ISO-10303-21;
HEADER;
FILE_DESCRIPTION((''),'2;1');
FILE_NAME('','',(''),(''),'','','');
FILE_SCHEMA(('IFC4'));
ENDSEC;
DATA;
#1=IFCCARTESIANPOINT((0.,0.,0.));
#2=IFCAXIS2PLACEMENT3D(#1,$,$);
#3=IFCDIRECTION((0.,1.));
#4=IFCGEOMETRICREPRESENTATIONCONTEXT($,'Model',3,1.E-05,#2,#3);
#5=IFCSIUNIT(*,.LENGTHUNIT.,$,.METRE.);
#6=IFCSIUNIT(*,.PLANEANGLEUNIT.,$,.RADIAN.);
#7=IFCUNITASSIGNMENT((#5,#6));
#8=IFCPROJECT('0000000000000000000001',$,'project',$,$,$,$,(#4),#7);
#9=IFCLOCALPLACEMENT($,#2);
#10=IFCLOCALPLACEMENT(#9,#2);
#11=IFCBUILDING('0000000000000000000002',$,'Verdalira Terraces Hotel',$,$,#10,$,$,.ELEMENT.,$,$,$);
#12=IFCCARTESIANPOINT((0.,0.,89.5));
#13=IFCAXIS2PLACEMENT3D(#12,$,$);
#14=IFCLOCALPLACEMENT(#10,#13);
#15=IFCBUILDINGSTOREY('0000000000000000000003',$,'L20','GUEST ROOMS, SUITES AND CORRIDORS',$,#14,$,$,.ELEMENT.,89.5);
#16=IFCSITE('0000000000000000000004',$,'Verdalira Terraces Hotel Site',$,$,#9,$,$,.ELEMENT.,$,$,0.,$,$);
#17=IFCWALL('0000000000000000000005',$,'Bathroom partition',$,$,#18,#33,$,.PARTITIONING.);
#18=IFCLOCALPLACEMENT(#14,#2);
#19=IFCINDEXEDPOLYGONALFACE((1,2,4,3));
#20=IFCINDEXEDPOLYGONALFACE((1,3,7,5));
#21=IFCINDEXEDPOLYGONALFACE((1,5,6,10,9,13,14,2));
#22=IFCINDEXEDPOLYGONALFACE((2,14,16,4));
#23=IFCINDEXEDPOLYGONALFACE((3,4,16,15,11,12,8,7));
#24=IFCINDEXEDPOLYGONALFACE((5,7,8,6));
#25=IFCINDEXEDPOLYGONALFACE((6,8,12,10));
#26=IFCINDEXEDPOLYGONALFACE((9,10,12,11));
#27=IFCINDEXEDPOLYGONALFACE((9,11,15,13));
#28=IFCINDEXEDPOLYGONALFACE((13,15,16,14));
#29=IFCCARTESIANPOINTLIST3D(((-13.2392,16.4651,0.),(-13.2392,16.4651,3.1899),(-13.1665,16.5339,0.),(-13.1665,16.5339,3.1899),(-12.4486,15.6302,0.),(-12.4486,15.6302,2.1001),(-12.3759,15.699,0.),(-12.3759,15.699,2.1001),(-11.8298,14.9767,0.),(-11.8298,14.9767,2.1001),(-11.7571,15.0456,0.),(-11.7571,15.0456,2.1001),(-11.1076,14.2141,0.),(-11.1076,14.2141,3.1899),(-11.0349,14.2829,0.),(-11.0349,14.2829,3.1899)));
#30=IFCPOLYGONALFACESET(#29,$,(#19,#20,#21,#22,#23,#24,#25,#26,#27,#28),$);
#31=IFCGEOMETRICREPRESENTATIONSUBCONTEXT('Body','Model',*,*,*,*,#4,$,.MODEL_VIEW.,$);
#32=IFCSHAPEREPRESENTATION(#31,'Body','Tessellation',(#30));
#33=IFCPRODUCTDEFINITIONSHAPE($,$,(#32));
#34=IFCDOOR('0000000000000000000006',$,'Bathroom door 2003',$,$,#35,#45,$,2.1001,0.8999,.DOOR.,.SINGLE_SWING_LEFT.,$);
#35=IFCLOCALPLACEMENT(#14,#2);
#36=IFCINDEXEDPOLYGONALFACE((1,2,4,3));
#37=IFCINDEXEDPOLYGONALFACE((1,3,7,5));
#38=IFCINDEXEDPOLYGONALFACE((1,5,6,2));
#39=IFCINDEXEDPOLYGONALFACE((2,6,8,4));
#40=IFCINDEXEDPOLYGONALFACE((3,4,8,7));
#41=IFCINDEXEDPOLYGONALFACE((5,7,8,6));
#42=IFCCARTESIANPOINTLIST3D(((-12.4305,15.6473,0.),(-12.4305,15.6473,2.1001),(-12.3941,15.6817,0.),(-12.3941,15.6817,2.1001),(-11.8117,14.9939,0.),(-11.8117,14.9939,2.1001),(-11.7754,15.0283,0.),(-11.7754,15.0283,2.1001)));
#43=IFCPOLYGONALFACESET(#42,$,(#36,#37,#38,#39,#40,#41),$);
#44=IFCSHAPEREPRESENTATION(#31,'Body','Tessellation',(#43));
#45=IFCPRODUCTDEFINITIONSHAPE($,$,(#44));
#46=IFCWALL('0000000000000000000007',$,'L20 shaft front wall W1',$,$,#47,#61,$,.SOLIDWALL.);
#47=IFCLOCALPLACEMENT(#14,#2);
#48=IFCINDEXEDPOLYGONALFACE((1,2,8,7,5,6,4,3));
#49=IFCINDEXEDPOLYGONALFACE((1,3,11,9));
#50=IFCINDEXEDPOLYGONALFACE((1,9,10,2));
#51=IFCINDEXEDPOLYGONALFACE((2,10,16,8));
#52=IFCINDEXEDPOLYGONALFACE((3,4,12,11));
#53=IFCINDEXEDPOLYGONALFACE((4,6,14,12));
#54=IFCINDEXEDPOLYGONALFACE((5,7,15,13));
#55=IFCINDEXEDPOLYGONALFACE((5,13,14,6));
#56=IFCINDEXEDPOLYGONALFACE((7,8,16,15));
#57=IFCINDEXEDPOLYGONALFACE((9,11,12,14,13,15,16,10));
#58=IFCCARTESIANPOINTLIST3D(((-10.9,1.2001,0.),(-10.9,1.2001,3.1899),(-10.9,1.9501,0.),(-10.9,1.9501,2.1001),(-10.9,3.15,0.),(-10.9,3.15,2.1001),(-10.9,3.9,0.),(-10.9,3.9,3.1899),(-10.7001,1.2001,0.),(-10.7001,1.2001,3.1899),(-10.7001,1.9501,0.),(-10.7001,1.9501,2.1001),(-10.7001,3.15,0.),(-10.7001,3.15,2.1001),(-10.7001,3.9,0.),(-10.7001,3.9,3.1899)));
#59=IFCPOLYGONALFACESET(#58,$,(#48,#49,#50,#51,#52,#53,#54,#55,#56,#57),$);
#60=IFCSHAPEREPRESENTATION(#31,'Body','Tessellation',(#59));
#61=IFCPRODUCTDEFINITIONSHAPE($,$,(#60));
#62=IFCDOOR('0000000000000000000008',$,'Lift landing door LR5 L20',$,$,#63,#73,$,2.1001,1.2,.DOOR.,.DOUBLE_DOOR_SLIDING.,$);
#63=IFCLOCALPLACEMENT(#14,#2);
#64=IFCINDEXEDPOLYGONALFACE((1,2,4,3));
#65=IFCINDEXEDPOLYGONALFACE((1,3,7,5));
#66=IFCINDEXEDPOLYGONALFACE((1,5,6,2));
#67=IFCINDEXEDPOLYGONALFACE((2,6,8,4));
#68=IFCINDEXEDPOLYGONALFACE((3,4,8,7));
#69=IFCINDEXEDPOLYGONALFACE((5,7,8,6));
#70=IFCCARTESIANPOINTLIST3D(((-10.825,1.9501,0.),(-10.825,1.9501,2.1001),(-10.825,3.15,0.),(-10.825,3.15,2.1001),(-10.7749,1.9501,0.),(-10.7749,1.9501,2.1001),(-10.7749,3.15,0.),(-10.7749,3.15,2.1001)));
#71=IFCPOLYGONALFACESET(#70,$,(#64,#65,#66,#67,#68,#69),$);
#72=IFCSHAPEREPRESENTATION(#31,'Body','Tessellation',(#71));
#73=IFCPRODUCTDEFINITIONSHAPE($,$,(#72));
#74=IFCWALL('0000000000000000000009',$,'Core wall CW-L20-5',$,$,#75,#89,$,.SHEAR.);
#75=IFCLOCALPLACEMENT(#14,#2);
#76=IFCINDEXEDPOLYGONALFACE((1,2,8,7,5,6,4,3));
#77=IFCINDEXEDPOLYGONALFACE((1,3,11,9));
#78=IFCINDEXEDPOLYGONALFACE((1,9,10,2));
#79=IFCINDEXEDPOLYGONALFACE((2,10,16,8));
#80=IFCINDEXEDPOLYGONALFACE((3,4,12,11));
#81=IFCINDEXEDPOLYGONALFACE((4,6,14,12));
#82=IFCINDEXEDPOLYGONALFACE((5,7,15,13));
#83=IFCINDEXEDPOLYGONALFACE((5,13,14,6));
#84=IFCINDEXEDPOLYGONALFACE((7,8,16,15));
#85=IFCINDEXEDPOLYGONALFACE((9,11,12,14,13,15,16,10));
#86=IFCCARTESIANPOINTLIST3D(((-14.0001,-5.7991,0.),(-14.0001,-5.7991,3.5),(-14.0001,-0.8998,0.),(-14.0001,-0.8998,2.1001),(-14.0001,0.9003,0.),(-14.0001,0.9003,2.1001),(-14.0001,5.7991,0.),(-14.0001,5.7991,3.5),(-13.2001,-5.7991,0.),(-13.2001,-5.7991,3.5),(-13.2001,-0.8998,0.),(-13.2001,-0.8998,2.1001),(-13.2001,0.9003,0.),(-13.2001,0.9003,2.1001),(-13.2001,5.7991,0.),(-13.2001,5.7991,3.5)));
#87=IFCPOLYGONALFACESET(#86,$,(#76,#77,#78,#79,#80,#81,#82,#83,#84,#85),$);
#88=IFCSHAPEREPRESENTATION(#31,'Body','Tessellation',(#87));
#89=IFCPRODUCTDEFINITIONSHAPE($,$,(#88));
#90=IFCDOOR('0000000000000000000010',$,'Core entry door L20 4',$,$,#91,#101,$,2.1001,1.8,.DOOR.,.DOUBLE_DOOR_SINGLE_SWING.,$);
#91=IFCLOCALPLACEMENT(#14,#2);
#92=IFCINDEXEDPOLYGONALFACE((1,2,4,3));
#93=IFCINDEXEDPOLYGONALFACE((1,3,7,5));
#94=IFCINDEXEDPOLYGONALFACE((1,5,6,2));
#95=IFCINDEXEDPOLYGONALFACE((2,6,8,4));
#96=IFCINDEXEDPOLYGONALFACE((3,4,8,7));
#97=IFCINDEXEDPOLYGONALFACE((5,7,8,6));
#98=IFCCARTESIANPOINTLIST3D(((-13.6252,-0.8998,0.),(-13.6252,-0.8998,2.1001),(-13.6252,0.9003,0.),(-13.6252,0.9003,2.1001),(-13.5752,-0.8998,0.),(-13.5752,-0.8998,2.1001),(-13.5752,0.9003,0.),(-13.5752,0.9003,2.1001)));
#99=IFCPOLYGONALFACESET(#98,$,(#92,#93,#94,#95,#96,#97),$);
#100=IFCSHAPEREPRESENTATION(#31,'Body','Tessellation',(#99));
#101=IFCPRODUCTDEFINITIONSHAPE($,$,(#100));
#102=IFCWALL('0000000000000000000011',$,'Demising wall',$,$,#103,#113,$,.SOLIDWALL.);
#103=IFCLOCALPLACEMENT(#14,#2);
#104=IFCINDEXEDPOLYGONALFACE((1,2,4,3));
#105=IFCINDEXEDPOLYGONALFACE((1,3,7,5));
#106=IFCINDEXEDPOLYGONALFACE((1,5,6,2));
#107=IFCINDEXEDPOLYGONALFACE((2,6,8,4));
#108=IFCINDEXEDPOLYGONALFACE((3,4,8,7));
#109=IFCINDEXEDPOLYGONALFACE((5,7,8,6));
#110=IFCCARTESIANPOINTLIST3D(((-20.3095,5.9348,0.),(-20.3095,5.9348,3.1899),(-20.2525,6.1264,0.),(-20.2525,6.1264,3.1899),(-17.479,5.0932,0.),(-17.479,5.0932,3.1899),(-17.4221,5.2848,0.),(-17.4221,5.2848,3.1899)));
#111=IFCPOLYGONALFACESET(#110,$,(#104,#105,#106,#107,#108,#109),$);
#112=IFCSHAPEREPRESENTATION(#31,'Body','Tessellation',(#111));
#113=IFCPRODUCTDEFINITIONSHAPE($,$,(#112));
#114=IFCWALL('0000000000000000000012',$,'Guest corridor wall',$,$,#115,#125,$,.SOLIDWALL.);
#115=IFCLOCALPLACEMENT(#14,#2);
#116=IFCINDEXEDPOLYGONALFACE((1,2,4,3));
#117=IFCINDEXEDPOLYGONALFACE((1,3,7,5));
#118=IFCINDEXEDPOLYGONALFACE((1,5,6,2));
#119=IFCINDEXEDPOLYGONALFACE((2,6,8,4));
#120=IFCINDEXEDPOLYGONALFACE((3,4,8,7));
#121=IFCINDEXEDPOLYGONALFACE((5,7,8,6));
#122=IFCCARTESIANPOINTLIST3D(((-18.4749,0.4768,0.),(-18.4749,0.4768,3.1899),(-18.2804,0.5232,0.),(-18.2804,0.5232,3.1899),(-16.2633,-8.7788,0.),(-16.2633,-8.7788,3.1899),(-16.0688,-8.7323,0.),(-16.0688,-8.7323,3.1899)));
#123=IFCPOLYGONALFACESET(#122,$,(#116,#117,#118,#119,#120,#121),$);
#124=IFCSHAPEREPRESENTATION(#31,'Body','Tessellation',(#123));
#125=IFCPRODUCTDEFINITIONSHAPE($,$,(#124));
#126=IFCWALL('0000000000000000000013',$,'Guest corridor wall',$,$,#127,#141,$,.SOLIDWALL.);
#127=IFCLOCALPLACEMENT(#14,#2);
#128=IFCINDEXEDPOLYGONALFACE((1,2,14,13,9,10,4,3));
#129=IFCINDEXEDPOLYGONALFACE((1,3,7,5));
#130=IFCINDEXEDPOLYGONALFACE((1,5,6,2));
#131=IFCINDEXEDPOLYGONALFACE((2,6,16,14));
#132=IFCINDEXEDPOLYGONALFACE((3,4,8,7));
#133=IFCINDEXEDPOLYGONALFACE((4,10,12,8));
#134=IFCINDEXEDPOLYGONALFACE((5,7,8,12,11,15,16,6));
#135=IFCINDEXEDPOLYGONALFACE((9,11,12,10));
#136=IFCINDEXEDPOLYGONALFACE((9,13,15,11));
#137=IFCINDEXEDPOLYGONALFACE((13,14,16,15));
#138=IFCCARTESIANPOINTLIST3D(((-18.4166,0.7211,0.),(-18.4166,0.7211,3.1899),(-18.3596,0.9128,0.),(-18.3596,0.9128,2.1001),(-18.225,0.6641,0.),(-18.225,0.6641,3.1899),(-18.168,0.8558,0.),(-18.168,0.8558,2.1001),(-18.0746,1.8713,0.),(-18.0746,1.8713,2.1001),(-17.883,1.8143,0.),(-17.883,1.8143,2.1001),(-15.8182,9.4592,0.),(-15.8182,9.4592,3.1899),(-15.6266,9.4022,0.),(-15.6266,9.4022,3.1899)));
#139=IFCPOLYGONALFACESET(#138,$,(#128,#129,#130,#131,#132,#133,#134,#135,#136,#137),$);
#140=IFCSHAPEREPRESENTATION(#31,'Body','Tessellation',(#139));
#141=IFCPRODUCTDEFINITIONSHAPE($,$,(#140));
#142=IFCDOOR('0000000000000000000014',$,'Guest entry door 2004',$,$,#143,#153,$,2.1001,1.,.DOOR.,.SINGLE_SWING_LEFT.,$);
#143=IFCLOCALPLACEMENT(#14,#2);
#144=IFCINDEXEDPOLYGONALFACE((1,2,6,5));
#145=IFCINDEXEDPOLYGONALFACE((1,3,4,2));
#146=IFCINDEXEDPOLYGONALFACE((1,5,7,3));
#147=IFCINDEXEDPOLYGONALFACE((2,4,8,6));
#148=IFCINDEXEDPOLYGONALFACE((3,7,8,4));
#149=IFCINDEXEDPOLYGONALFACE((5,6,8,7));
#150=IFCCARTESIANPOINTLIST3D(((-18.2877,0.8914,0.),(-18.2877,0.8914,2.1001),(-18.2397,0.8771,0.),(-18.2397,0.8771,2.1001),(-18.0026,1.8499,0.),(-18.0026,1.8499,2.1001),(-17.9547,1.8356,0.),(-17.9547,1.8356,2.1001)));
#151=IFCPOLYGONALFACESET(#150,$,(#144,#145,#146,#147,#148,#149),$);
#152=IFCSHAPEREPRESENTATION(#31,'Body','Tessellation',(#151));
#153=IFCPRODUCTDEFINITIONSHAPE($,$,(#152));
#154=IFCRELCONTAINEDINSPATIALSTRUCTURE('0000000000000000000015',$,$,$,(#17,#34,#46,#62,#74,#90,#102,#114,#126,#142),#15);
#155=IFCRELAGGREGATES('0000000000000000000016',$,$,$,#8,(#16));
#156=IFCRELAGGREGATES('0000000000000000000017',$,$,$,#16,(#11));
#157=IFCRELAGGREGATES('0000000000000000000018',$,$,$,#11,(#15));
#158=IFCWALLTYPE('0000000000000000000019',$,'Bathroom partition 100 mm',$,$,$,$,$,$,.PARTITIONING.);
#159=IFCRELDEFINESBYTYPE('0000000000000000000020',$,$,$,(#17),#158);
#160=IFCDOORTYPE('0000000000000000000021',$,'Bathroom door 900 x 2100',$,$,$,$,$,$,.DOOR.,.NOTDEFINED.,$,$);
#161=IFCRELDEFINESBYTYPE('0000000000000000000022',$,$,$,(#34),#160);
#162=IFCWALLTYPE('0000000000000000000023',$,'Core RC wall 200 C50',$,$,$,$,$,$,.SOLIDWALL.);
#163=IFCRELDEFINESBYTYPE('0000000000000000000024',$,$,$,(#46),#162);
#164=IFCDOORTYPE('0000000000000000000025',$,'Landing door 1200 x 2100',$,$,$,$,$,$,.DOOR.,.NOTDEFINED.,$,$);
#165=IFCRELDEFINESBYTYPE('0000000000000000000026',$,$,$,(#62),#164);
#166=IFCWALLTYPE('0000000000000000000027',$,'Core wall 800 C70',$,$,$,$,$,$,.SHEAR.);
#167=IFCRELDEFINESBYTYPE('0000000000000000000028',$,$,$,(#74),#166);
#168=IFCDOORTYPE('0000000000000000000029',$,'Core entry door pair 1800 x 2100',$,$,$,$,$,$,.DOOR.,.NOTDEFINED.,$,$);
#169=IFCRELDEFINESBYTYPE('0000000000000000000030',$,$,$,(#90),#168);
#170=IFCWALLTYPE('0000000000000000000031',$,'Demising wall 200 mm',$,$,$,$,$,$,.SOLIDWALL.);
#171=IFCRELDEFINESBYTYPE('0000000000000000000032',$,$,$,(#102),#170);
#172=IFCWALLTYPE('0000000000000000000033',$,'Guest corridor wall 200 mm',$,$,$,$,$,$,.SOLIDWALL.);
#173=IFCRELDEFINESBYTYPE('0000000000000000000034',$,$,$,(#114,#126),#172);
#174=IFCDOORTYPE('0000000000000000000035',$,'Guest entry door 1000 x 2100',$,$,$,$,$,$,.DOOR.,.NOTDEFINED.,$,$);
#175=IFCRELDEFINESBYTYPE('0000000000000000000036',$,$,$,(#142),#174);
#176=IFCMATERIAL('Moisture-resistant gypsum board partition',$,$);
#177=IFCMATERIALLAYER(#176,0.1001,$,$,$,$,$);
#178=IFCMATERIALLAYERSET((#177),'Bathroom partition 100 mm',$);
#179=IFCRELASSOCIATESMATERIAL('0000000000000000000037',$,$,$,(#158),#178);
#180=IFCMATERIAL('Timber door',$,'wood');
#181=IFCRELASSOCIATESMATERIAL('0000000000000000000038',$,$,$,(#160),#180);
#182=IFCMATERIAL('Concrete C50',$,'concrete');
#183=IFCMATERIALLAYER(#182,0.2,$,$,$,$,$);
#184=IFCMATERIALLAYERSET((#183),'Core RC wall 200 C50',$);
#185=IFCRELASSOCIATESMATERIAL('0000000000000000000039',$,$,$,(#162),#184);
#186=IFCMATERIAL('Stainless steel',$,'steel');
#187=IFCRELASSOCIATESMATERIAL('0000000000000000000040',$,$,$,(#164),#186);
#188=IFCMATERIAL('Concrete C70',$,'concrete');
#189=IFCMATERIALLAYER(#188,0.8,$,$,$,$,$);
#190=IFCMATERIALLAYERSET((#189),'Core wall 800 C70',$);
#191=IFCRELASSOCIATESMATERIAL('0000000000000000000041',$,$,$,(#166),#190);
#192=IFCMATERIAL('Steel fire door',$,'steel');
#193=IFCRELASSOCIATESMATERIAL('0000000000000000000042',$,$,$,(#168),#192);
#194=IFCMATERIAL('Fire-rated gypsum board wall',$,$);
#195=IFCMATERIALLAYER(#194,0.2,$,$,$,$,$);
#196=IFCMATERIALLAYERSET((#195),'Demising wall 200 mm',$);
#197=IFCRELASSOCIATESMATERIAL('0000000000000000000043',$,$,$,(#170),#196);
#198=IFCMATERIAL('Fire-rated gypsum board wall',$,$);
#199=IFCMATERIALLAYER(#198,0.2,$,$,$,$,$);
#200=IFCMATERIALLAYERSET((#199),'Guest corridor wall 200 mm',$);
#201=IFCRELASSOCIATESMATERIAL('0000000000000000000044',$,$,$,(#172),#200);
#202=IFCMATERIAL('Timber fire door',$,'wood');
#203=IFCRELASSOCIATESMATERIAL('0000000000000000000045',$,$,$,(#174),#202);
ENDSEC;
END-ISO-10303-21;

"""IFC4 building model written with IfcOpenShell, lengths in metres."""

from ifc_helpers import new_model, si_unit, direction, frame, frame_2d, origin, place, context, subcontext, project, spatial, rectangle, extrude, material, layer, layer_set, type_object, element, fill, save


model = new_model("IFC4")

# Units and contexts
model_context = context("Model", 3, precision=1e-05, world=origin(), true_north=direction((0.0, 1.0)))
body_context = subcontext(model_context, "Body", "Model", "MODEL_VIEW")
ifc_project = project(units=[si_unit("LENGTHUNIT", "METRE"), si_unit("PLANEANGLEUNIT", "RADIAN")], contexts=[model_context])

# Site, building, storey
site_placement = place(None, origin())
site = spatial("IfcSite", under=ifc_project, at=site_placement, Name="Verdalira Terraces Hotel Site", CompositionType="ELEMENT", RefElevation=0.0)
building_placement = place(site_placement, origin())
building = spatial("IfcBuilding", under=site, at=building_placement, Name="Verdalira Terraces Hotel", CompositionType="ELEMENT")
storey_placement = place(building_placement, frame((0.0, 0.0, 89.5)))
storey = spatial("IfcBuildingStorey", under=building, at=storey_placement, Name="L20", Description="GUEST ROOMS, SUITES AND CORRIDORS", CompositionType="ELEMENT", Elevation=89.5)

# Walls, openings, doors
ifc_material_1 = material(Name="Moisture-resistant gypsum board partition")
ifc_layer_1 = layer(ifc_material_1, 0.1001)
ifc_layer_set_1 = layer_set([ifc_layer_1], Name="Bathroom partition 100 mm")
wall_type_1 = type_object("IfcWallType", Name="Bathroom partition 100 mm", PredefinedType="PARTITIONING", material=ifc_layer_set_1)
ifc_material_2 = material(Name="Timber door", Category="wood")
door_type_1 = type_object("IfcDoorType", Name="Bathroom door 900 x 2100", OperationType="NOTDEFINED", PredefinedType="DOOR", material=ifc_material_2)
wall_1_placement = place(storey_placement, frame((-13.2029, 16.4995, 0.0), z_axis=(0.0, 0.0, 1.0), x_axis=(0.68759, -0.7261, 0.0)))
wall_1 = element("IfcWall", 1, at=wall_1_placement, inside=storey, type_object=wall_type_1, Name="Bathroom partition", PredefinedType="PARTITIONING", context=body_context, shape_type="SweptSolid", body=[
    extrude(rectangle(XDim=3.1001, YDim=0.1001, at=frame_2d((1.55, 0.0))), origin(), (0.0, 0.0, 1.0), 3.1899),
])
opening_1_placement = place(wall_1_placement, frame((1.1499, 0.0, 0.0)))
opening_1 = element("IfcOpeningElement", 2, at=opening_1_placement, cuts=wall_1, PredefinedType="OPENING", context=body_context, shape_type="SweptSolid", body=[
    extrude(rectangle(XDim=0.8999, YDim=2.1001, at=frame_2d((0.45, 1.05))), frame((0.0, 0.0601, 0.0), z_axis=(0.0, -1.0, 0.0), x_axis=(1.0, 0.0, 0.0)), (0.0, 0.0, 1.0), 0.1201),
])
door_1_placement = place(opening_1_placement, origin())
door_1 = element("IfcDoor", 3, at=door_1_placement, inside=storey, type_object=door_type_1, Name="Bathroom door 2003", OperationType="SINGLE_SWING_LEFT", OverallHeight=2.1001, OverallWidth=0.8999, PredefinedType="DOOR", context=body_context, shape_type="SweptSolid", body=[
    extrude(rectangle(XDim=0.8999, YDim=2.1001, at=frame_2d((0.45, 1.05))), frame((0.0, 0.0249, 0.0), z_axis=(0.0, -1.0, 0.0), x_axis=(1.0, 0.0, 0.0)), (0.0, 0.0, 1.0), 0.05),
])
fill(opening_1, door_1)
ifc_material_3 = material(Name="Concrete C50", Category="concrete")
ifc_layer_2 = layer(ifc_material_3, 0.2)
ifc_layer_set_2 = layer_set([ifc_layer_2], Name="Core RC wall 200 C50")
wall_type_2 = type_object("IfcWallType", Name="Core RC wall 200 C50", PredefinedType="SOLIDWALL", material=ifc_layer_set_2)
wall_2_placement = place(storey_placement, frame((-10.8, 1.2, 0.0), z_axis=(0.0, 0.0, 1.0), x_axis=(0.0, 1.0, 0.0)))
wall_2 = element("IfcWall", 4, at=wall_2_placement, inside=storey, type_object=wall_type_2, Name="L20 shaft front wall W1", PredefinedType="SOLIDWALL", context=body_context, shape_type="SweptSolid", body=[
    extrude(rectangle(XDim=2.7, YDim=0.2, at=frame_2d((1.3501, 0.0))), origin(), (0.0, 0.0, 1.0), 3.1899),
])
opening_2_placement = place(wall_2_placement, frame((0.75, 0.0, 0.0)))
opening_2 = element("IfcOpeningElement", 5, at=opening_2_placement, cuts=wall_2, PredefinedType="OPENING", context=body_context, shape_type="SweptSolid", body=[
    extrude(rectangle(XDim=1.2, YDim=2.1001, at=frame_2d((0.6001, 1.05))), frame((0.0, 0.1099, 0.0), z_axis=(0.0, -1.0, 0.0), x_axis=(1.0, 0.0, 0.0)), (0.0, 0.0, 1.0), 0.22),
])
ifc_material_4 = material(Name="Stainless steel", Category="steel")
door_type_2 = type_object("IfcDoorType", Name="Landing door 1200 x 2100", OperationType="NOTDEFINED", PredefinedType="DOOR", material=ifc_material_4)
door_2_placement = place(opening_2_placement, origin())
door_2 = element("IfcDoor", 6, at=door_2_placement, inside=storey, type_object=door_type_2, Name="Lift landing door LR5 L20", OperationType="DOUBLE_DOOR_SLIDING", OverallHeight=2.1001, OverallWidth=1.2, PredefinedType="DOOR", context=body_context, shape_type="SweptSolid", body=[
    extrude(rectangle(XDim=1.2, YDim=2.1001, at=frame_2d((0.6001, 1.05))), frame((0.0, 0.0249, 0.0), z_axis=(0.0, -1.0, 0.0), x_axis=(1.0, 0.0, 0.0)), (0.0, 0.0, 1.0), 0.05),
])
fill(opening_2, door_2)
ifc_material_5 = material(Name="Concrete C70", Category="concrete")
ifc_layer_3 = layer(ifc_material_5, 0.8)
ifc_layer_set_3 = layer_set([ifc_layer_3], Name="Core wall 800 C70")
wall_type_3 = type_object("IfcWallType", Name="Core wall 800 C70", PredefinedType="SHEAR", material=ifc_layer_set_3)
wall_3_placement = place(storey_placement, frame((-13.6001, 5.7991, 0.0), z_axis=(0.0, 0.0, 1.0), x_axis=(0.0, -1.0, 0.0)))
wall_3 = element("IfcWall", 7, at=wall_3_placement, inside=storey, type_object=wall_type_3, Name="Core wall CW-L20-5", PredefinedType="SHEAR", context=body_context, shape_type="SweptSolid", body=[
    extrude(rectangle(XDim=11.5981, YDim=0.8, at=frame_2d((5.7991, 0.0))), origin(), (0.0, 0.0, 1.0), 3.5),
])
opening_3_placement = place(wall_3_placement, frame((4.8989, 0.0, 0.0)))
opening_3 = element("IfcOpeningElement", 8, at=opening_3_placement, cuts=wall_3, PredefinedType="OPENING", context=body_context, shape_type="SweptSolid", body=[
    extrude(rectangle(XDim=1.8, YDim=2.1001, at=frame_2d((0.8999, 1.05))), frame((0.0, 0.4099, 0.0), z_axis=(0.0, -1.0, 0.0), x_axis=(1.0, 0.0, 0.0)), (0.0, 0.0, 1.0), 0.8201),
])
ifc_material_6 = material(Name="Steel fire door", Category="steel")
door_type_3 = type_object("IfcDoorType", Name="Core entry door pair 1800 x 2100", OperationType="NOTDEFINED", PredefinedType="DOOR", material=ifc_material_6)
door_3_placement = place(opening_3_placement, origin())
door_3 = element("IfcDoor", 9, at=door_3_placement, inside=storey, type_object=door_type_3, Name="Core entry door L20 4", OperationType="DOUBLE_DOOR_SINGLE_SWING", OverallHeight=2.1001, OverallWidth=1.8, PredefinedType="DOOR", context=body_context, shape_type="SweptSolid", body=[
    extrude(rectangle(XDim=1.8, YDim=2.1001, at=frame_2d((0.8999, 1.05))), frame((0.0, 0.0249, 0.0), z_axis=(0.0, -1.0, 0.0), x_axis=(1.0, 0.0, 0.0)), (0.0, 0.0, 1.0), 0.05),
])
fill(opening_3, door_3)

# Walls
ifc_material_7 = material(Name="Fire-rated gypsum board wall")
ifc_layer_4 = layer(ifc_material_7, 0.2)
ifc_layer_set_4 = layer_set([ifc_layer_4], Name="Demising wall 200 mm")
wall_type_4 = type_object("IfcWallType", Name="Demising wall 200 mm", PredefinedType="SOLIDWALL", material=ifc_layer_set_4)
wall_4_placement = place(storey_placement, frame((-17.4504, 5.189, 0.0), z_axis=(0.0, 0.0, 1.0), x_axis=(-0.958527, 0.285003, 0.0)))
element("IfcWall", 10, at=wall_4_placement, inside=storey, type_object=wall_type_4, Name="Demising wall", PredefinedType="SOLIDWALL", context=body_context, shape_type="SweptSolid", body=[
    extrude(rectangle(XDim=2.9529, YDim=0.2, at=frame_2d((1.4766, 0.0))), origin(), (0.0, 0.0, 1.0), 3.1899),
])
ifc_material_8 = material(Name="Fire-rated gypsum board wall")
ifc_layer_5 = layer(ifc_material_8, 0.2)
ifc_layer_set_5 = layer_set([ifc_layer_5], Name="Guest corridor wall 200 mm")
wall_type_5 = type_object("IfcWallType", Name="Guest corridor wall 200 mm", PredefinedType="SOLIDWALL", material=ifc_layer_set_5)
wall_5_placement = place(storey_placement, frame((-18.3777, 0.5, 0.0), z_axis=(0.0, 0.0, 1.0), x_axis=(0.232411, -0.972618, 0.0)))
element("IfcWall", 11, at=wall_5_placement, inside=storey, type_object=wall_type_5, Name="Guest corridor wall", PredefinedType="SOLIDWALL", context=body_context, shape_type="SweptSolid", body=[
    extrude(rectangle(XDim=9.5161, YDim=0.2, at=frame_2d((4.7581, 0.0))), origin(), (0.0, 0.0, 1.0), 3.1899),
])

# Wall, opening, door
wall_6_placement = place(storey_placement, frame((-18.3208, 0.6926, 0.0), z_axis=(0.0, 0.0, 1.0), x_axis=(0.28503, 0.958519, 0.0)))
wall_6 = element("IfcWall", 12, at=wall_6_placement, inside=storey, type_object=wall_type_5, Name="Guest corridor wall", PredefinedType="SOLIDWALL", context=body_context, shape_type="SweptSolid", body=[
    extrude(rectangle(XDim=9.1162, YDim=0.2, at=frame_2d((4.5581, 0.0))), origin(), (0.0, 0.0, 1.0), 3.1899),
])
opening_4_placement = place(wall_6_placement, frame((0.2, 0.0, 0.0)))
opening_4 = element("IfcOpeningElement", 13, at=opening_4_placement, cuts=wall_6, PredefinedType="OPENING", context=body_context, shape_type="SweptSolid", body=[
    extrude(rectangle(XDim=1.0, YDim=2.1001, at=frame_2d((0.5, 1.05))), frame((0.0, 0.1099, 0.0), z_axis=(0.0, -1.0, 0.0), x_axis=(1.0, 0.0, 0.0)), (0.0, 0.0, 1.0), 0.22),
])
ifc_material_9 = material(Name="Timber fire door", Category="wood")
door_type_4 = type_object("IfcDoorType", Name="Guest entry door 1000 x 2100", OperationType="NOTDEFINED", PredefinedType="DOOR", material=ifc_material_9)
door_4_placement = place(opening_4_placement, origin())
door_4 = element("IfcDoor", 14, at=door_4_placement, inside=storey, type_object=door_type_4, Name="Guest entry door 2004", OperationType="SINGLE_SWING_LEFT", OverallHeight=2.1001, OverallWidth=1.0, PredefinedType="DOOR", context=body_context, shape_type="SweptSolid", body=[
    extrude(rectangle(XDim=1.0, YDim=2.1001, at=frame_2d((0.5, 1.05))), frame((0.0, 0.0249, 0.0), z_axis=(0.0, -1.0, 0.0), x_axis=(1.0, 0.0, 0.0)), (0.0, 0.0, 1.0), 0.05),
])
fill(opening_4, door_4)

save(model, "model.ifc")
